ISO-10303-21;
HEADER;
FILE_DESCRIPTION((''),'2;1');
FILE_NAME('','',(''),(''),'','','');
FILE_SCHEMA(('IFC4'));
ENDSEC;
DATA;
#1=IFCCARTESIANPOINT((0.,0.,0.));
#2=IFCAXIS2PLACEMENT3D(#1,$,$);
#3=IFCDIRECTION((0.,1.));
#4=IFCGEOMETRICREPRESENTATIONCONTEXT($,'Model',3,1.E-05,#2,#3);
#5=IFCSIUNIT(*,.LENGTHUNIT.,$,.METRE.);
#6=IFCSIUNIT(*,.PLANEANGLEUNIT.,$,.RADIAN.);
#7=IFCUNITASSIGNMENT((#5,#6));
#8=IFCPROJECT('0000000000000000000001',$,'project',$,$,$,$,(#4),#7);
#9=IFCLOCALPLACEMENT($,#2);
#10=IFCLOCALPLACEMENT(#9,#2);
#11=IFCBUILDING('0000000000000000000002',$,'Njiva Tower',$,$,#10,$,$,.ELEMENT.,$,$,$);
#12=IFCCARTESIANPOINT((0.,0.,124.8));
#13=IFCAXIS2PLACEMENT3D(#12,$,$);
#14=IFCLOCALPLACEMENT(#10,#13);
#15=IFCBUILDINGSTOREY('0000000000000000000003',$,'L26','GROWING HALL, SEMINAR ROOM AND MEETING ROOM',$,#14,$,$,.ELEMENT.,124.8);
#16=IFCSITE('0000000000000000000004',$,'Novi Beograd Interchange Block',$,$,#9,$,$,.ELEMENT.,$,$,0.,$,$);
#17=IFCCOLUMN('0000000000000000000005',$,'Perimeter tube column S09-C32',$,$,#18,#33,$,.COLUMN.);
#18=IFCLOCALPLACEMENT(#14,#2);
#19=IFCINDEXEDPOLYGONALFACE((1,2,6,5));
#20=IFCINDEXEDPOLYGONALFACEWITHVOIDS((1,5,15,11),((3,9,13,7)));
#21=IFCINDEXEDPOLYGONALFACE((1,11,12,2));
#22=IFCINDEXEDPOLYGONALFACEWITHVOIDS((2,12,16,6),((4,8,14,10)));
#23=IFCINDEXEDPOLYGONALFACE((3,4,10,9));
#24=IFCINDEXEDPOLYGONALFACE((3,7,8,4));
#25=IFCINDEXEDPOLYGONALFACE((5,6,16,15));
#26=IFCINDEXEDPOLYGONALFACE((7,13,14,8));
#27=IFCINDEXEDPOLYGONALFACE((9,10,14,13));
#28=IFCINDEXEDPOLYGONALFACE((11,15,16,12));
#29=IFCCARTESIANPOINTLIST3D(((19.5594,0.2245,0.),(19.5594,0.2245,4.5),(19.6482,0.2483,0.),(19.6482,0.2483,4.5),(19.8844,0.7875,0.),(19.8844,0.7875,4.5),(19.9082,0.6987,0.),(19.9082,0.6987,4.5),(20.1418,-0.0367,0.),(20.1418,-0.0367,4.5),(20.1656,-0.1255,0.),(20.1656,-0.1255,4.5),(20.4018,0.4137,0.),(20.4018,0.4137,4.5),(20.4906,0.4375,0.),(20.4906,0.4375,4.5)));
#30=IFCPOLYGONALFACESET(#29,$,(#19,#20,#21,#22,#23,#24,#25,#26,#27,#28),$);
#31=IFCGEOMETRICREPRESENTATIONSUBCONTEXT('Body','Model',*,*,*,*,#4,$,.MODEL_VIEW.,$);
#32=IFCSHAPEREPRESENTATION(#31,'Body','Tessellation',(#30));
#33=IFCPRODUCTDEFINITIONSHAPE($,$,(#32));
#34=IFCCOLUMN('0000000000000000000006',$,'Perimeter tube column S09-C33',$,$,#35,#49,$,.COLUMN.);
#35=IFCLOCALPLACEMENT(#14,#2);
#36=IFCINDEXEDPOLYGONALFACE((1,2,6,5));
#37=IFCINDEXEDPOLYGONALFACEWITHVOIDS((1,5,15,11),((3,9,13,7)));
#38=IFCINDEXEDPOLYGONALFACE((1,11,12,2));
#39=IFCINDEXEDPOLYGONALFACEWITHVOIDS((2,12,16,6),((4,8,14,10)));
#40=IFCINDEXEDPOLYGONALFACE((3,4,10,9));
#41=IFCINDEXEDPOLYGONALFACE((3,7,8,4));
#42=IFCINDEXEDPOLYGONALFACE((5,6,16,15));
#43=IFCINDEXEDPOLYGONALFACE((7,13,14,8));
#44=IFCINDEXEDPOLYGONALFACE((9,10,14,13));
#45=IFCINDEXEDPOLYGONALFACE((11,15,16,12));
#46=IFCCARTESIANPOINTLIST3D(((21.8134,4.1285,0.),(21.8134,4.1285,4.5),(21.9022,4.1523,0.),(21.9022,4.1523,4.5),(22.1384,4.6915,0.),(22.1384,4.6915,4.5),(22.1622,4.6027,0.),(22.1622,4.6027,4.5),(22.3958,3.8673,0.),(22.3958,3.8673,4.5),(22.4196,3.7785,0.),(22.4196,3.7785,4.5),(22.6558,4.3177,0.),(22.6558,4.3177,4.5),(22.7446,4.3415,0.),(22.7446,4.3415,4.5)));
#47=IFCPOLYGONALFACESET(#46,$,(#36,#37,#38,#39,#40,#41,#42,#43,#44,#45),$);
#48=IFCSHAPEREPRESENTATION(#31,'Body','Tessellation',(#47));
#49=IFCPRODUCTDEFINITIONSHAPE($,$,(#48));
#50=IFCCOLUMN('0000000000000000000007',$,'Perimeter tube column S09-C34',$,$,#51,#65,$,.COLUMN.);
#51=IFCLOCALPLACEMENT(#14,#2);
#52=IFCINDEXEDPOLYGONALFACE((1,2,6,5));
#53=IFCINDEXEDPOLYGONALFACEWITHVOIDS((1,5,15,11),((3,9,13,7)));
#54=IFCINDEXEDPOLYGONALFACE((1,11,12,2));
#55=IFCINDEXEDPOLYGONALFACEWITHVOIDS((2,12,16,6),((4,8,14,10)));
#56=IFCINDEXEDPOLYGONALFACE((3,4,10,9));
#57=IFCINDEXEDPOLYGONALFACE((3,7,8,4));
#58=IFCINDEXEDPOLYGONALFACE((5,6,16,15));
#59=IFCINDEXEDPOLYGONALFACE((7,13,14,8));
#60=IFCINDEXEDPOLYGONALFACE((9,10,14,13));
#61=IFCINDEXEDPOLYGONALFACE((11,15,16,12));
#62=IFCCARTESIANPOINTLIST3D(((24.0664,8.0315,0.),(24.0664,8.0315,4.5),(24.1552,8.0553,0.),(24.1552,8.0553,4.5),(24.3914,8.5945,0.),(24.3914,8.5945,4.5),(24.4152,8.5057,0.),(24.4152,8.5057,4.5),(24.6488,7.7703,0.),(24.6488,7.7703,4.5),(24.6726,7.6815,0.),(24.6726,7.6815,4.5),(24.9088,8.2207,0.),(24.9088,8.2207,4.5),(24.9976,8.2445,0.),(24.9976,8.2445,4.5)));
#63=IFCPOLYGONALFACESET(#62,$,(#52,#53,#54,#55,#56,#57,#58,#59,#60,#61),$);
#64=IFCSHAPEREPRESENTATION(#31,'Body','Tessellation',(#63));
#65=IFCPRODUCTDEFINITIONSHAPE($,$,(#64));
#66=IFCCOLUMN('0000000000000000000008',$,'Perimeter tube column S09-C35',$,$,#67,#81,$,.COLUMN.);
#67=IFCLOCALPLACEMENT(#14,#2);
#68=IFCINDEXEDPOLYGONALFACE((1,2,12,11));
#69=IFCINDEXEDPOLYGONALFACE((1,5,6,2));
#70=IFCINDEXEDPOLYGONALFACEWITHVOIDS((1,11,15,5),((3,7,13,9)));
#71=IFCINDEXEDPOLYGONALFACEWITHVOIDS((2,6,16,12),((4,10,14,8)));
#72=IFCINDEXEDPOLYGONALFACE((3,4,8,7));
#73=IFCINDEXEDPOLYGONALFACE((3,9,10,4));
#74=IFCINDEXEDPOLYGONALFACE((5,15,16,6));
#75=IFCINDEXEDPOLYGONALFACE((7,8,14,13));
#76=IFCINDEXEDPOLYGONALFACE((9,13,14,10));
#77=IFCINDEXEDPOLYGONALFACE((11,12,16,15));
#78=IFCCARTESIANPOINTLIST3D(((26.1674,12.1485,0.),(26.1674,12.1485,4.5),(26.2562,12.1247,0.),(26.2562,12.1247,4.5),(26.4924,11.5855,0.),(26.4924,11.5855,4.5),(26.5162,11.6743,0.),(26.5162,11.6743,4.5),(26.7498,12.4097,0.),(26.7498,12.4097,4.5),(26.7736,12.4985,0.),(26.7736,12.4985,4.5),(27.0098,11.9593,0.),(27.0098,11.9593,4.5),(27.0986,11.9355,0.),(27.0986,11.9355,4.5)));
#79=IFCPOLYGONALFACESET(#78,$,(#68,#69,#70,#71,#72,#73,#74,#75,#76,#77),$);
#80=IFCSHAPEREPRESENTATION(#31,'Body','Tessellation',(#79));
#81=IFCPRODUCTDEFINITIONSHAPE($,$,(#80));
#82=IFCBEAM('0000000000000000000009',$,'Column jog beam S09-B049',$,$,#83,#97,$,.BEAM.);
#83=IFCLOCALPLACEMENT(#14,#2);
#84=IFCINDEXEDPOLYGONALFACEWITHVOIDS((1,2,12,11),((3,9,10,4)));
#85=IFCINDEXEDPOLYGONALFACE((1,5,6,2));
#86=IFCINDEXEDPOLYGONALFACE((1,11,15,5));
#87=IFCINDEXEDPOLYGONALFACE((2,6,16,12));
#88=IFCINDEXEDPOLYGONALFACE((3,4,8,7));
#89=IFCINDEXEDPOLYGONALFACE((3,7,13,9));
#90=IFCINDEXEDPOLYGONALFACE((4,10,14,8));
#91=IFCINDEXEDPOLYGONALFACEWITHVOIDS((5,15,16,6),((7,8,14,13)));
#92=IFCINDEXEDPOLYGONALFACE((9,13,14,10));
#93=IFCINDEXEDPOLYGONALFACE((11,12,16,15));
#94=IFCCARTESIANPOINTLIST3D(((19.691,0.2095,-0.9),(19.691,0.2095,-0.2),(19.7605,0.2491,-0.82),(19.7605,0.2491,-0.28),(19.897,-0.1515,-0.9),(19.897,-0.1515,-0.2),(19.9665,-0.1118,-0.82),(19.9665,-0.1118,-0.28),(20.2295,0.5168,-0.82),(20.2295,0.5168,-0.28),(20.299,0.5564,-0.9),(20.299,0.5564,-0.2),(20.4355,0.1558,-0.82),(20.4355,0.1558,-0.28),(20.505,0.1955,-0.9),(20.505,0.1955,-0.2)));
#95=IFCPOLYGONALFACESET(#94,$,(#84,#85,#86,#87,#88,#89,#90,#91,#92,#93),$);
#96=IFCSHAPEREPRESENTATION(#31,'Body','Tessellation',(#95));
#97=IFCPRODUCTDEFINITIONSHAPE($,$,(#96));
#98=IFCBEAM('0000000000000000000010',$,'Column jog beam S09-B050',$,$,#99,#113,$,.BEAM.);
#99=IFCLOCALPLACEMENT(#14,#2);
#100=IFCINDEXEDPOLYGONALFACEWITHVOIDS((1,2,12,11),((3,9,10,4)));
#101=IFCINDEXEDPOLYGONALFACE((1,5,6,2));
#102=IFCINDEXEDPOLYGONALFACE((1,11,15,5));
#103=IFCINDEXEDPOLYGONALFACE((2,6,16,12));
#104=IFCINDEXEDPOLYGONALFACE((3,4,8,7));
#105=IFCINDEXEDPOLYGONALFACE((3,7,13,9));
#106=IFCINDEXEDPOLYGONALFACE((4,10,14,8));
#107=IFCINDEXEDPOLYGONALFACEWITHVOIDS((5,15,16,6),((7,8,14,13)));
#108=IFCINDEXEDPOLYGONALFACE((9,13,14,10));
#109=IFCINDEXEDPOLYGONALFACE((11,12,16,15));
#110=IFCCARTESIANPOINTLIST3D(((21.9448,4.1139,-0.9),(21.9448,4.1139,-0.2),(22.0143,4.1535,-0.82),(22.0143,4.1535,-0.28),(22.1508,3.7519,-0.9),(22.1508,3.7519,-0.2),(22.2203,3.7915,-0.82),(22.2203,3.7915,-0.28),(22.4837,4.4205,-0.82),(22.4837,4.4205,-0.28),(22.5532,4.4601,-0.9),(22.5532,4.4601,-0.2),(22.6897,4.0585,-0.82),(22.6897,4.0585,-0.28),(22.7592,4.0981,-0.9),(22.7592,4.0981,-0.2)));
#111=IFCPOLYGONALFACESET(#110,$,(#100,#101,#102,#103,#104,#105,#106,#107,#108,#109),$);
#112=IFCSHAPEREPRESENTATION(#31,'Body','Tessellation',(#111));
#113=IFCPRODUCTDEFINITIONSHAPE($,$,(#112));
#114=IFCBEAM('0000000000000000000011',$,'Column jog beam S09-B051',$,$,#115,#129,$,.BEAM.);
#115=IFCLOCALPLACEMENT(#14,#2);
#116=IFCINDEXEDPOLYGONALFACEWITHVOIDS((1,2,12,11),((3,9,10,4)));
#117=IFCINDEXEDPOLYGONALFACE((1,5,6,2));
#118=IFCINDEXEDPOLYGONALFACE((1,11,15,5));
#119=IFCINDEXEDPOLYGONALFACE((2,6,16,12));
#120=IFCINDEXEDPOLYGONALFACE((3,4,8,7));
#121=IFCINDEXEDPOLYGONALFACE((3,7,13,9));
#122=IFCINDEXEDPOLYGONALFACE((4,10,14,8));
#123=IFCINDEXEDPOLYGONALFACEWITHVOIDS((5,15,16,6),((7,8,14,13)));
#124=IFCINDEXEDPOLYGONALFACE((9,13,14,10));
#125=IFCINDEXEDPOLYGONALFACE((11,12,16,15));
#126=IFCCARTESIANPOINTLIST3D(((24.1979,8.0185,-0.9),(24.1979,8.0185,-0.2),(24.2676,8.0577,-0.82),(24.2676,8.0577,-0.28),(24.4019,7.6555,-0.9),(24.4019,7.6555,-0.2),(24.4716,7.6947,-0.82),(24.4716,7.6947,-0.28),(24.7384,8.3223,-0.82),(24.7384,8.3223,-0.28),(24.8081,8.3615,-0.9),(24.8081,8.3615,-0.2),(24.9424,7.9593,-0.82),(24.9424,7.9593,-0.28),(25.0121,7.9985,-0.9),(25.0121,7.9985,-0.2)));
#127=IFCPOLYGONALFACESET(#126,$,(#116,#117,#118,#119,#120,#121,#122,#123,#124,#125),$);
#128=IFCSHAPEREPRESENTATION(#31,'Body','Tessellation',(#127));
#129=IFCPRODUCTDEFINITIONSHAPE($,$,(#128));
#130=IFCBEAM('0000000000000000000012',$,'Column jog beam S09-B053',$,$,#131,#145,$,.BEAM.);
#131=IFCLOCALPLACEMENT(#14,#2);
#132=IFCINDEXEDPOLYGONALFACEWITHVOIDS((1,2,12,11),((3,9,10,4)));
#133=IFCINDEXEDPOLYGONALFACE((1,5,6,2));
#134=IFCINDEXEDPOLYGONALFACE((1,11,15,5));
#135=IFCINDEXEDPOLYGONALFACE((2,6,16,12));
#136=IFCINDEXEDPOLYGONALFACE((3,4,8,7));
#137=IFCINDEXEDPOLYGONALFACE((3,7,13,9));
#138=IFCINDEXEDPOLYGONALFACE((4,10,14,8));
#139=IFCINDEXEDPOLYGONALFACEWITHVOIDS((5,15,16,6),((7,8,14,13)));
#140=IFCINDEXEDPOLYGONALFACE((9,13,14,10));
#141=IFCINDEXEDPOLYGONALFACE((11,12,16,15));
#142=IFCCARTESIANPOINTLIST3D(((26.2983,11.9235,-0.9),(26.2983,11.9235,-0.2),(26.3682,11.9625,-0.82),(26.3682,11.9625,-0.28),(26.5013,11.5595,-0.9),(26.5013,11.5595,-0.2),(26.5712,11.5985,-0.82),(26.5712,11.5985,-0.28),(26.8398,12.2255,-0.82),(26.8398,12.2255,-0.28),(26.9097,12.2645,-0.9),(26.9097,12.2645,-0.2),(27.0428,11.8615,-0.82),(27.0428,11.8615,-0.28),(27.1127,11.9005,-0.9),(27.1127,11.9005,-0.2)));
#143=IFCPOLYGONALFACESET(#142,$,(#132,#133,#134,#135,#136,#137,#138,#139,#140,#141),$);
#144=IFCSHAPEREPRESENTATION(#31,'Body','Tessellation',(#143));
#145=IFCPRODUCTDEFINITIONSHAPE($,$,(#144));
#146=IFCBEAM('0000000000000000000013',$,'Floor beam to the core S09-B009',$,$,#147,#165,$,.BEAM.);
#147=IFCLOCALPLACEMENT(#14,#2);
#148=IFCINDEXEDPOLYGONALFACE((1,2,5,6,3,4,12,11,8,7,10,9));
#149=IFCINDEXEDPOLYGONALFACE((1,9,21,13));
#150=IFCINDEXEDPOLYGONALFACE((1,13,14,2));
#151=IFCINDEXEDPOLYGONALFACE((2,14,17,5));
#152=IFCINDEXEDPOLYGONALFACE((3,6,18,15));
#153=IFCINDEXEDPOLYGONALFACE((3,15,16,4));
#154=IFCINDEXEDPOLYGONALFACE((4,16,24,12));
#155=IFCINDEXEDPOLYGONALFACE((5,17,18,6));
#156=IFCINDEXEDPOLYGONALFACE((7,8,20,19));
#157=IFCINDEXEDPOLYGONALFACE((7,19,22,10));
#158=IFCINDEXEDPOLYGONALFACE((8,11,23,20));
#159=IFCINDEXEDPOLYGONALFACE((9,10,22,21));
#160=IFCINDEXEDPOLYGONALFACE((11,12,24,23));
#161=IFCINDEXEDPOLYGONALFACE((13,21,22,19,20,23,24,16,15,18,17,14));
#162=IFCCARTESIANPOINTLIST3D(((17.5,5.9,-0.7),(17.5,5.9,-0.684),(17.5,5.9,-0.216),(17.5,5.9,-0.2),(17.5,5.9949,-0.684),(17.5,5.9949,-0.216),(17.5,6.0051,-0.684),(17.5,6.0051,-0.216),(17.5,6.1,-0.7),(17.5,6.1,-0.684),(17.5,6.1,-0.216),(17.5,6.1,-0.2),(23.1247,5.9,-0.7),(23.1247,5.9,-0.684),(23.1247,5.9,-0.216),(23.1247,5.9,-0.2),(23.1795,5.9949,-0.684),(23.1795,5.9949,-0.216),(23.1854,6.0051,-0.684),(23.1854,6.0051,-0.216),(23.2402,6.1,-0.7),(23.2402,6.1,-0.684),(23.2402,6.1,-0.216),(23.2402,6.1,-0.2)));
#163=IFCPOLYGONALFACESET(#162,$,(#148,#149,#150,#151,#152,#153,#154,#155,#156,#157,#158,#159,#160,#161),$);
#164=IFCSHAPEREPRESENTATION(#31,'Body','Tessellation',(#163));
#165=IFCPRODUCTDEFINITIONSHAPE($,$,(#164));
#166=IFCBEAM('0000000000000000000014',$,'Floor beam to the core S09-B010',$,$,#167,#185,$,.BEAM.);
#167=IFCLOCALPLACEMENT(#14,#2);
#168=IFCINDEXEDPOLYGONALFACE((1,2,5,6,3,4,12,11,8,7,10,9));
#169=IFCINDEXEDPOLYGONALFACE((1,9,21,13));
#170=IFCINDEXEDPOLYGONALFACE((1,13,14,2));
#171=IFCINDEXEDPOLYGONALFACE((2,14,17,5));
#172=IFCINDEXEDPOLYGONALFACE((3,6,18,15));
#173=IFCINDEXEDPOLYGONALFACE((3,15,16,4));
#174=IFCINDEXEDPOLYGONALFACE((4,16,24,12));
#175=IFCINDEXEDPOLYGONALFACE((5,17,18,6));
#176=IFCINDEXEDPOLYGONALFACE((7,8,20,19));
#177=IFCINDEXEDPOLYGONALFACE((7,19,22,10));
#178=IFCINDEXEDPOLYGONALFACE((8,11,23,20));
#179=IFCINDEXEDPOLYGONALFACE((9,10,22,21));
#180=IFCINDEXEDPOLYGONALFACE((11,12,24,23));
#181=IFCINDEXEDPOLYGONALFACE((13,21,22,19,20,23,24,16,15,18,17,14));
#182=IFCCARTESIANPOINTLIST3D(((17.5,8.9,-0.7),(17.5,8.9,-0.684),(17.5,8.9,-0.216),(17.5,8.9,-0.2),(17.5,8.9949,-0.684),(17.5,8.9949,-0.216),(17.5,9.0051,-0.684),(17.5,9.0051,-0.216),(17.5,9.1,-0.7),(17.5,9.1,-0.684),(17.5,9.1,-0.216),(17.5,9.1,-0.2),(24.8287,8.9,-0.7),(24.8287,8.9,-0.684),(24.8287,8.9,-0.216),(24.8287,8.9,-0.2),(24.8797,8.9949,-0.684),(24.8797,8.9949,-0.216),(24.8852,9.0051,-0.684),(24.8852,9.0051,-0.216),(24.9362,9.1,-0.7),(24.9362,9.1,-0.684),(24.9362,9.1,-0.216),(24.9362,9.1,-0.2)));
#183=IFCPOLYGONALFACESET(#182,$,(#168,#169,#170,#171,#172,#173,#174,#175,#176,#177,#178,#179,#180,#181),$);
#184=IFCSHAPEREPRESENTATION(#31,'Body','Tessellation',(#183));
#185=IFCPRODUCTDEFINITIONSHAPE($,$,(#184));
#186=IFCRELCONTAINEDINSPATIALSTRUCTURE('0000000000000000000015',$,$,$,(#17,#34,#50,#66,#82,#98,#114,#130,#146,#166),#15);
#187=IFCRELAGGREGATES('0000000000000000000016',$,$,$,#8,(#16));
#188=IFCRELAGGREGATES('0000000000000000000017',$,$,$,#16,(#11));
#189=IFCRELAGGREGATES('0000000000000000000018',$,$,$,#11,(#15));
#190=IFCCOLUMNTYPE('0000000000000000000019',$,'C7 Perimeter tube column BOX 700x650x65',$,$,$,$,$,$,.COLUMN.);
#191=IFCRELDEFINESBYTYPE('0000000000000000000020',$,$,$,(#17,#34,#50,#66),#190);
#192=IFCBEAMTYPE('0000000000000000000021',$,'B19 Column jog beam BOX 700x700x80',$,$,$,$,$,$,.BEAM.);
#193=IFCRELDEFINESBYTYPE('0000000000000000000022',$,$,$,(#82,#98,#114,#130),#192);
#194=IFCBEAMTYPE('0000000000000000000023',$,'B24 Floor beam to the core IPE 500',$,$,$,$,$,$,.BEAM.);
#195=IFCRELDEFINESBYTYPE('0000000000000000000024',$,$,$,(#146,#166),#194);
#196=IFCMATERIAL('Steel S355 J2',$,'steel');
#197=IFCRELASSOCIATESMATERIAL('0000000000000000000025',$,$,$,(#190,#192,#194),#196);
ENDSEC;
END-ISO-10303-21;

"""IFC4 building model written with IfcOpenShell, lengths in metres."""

from ifc_helpers import new_model, si_unit, direction, frame, origin, origin_2d, place, context, subcontext, project, spatial, hollow_rectangle, i_section, extrude, clip, halfspace, material, material_profile, profile_set, type_object, element, save


model = new_model("IFC4")

# Units and contexts
model_context = context("Model", 3, precision=1e-05, world=origin(), true_north=direction((0.0, 1.0)))
body_context = subcontext(model_context, "Body", "Model", "MODEL_VIEW")
ifc_project = project(units=[si_unit("LENGTHUNIT", "METRE"), si_unit("PLANEANGLEUNIT", "RADIAN")], contexts=[model_context])

# Site, building, storey
site_placement = place(None, origin())
site = spatial("IfcSite", under=ifc_project, at=site_placement, Name="Novi Beograd Interchange Block", CompositionType="ELEMENT", RefElevation=0.0)
building_placement = place(site_placement, origin())
building = spatial("IfcBuilding", under=site, at=building_placement, Name="Njiva Tower", CompositionType="ELEMENT")
storey_placement = place(building_placement, frame((0.0, 0.0, 124.8)))
storey = spatial("IfcBuildingStorey", under=building, at=storey_placement, Name="L26", Description="GROWING HALL, SEMINAR ROOM AND MEETING ROOM", CompositionType="ELEMENT", Elevation=124.8)

# Columns
ifc_material_1 = material(Name="Steel S355 J2", Category="steel")
ifc_material_profile_1 = material_profile(ifc_material_1, hollow_rectangle(XDim=0.65, YDim=0.7, WallThickness=0.065, at=origin_2d()), Name="BOX 700x650x65")
ifc_profile_set_1 = profile_set([ifc_material_profile_1], Name="Steel S355 J2")
column_type = type_object("IfcColumnType", Name="C7 Perimeter tube column BOX 700x650x65", PredefinedType="COLUMN", material=ifc_profile_set_1)
for number, where, z_axis, x_axis, name in (
    (1, (20.025, 0.331, 0.0), (0.0, 0.0, 1.0), (0.5, 0.866025, 0.0), "Perimeter tube column S09-C32"),
    (2, (22.279, 4.235, 0.0), (0.0, 0.0, 1.0), (0.5, 0.866025, 0.0), "Perimeter tube column S09-C33"),
    (3, (24.532, 8.138, 0.0), (0.0, 0.0, 1.0), (0.5, 0.866025, 0.0), "Perimeter tube column S09-C34"),
    (4, (26.633, 12.042, 0.0), (0.0, 0.0, 1.0), (-0.5, 0.866025, 0.0), "Perimeter tube column S09-C35"),
):
    element("IfcColumn", number, at=place(storey_placement, frame(where, z_axis=z_axis, x_axis=x_axis)), inside=storey, type_object=column_type, Name=name, PredefinedType="COLUMN", context=body_context, shape_type="SweptSolid", body=[
        extrude(hollow_rectangle(XDim=0.65, YDim=0.7, WallThickness=0.065, at=origin_2d()), origin(), (0.0, 0.0, 1.0), 4.5),
    ])

# Beams
ifc_material_profile_2 = material_profile(ifc_material_1, hollow_rectangle(XDim=0.7, YDim=0.7, WallThickness=0.08, at=origin_2d()), Name="BOX 700x700x80")
ifc_profile_set_2 = profile_set([ifc_material_profile_2], Name="Steel S355 J2")
beam_type_1 = type_object("IfcBeamType", Name="B19 Column jog beam BOX 700x700x80", PredefinedType="BEAM", material=ifc_profile_set_2)
beam_1_placement = place(storey_placement, frame((20.201, 0.022, -0.55), z_axis=(-0.495621, 0.868539, 0.0), x_axis=(-0.868539, -0.495621, 0.0)))
element("IfcBeam", 5, at=beam_1_placement, inside=storey, type_object=beam_type_1, Name="Column jog beam S09-B049", PredefinedType="BEAM", context=body_context, shape_type="SweptSolid", body=[
    extrude(hollow_rectangle(XDim=0.7, YDim=0.7, WallThickness=0.08, at=origin_2d()), origin(), (0.0, 0.0, 1.0), 0.4156),
])
beam_2_placement = place(storey_placement, frame((22.455, 3.925, -0.55), z_axis=(-0.494587, 0.869128, 0.0), x_axis=(-0.869128, -0.494587, 0.0)))
element("IfcBeam", 6, at=beam_2_placement, inside=storey, type_object=beam_type_1, Name="Column jog beam S09-B050", PredefinedType="BEAM", context=body_context, shape_type="SweptSolid", body=[
    extrude(hollow_rectangle(XDim=0.7, YDim=0.7, WallThickness=0.08, at=origin_2d()), origin(), (0.0, 0.0, 1.0), 0.4165),
])
beam_3_placement = place(storey_placement, frame((24.707, 7.827, -0.55), z_axis=(-0.489919, 0.871768, 0.0), x_axis=(-0.871768, -0.489919, 0.0)))
element("IfcBeam", 7, at=beam_3_placement, inside=storey, type_object=beam_type_1, Name="Column jog beam S09-B051", PredefinedType="BEAM", context=body_context, shape_type="SweptSolid", body=[
    extrude(hollow_rectangle(XDim=0.7, YDim=0.7, WallThickness=0.08, at=origin_2d()), origin(), (0.0, 0.0, 1.0), 0.4164),
])
beam_4_placement = place(storey_placement, frame((26.807, 11.73, -0.55), z_axis=(-0.487068, 0.873364, 0.0), x_axis=(-0.873364, -0.487068, 0.0)))
element("IfcBeam", 8, at=beam_4_placement, inside=storey, type_object=beam_type_1, Name="Column jog beam S09-B053", PredefinedType="BEAM", context=body_context, shape_type="SweptSolid", body=[
    extrude(hollow_rectangle(XDim=0.7, YDim=0.7, WallThickness=0.08, at=origin_2d()), origin(), (0.0, 0.0, 1.0), 0.4168),
])
ifc_material_profile_3 = material_profile(ifc_material_1, i_section(OverallWidth=0.2, OverallDepth=0.5, WebThickness=0.0102, FlangeThickness=0.016, at=origin_2d()), Name="IPE 500")
ifc_profile_set_3 = profile_set([ifc_material_profile_3], Name="Steel S355 J2")
beam_type_2 = type_object("IfcBeamType", Name="B24 Floor beam to the core IPE 500", PredefinedType="BEAM", material=ifc_profile_set_3)
beam_5_placement = place(storey_placement, frame((17.5, 6.0, -0.45), z_axis=(1.0, 0.0, 0.0), x_axis=(0.0, 1.0, 0.0)))
element("IfcBeam", 9, at=beam_5_placement, inside=storey, type_object=beam_type_2, Name="Floor beam to the core S09-B009", PredefinedType="BEAM", context=body_context, shape_type="Clipping", body=[
    clip(extrude(i_section(OverallWidth=0.2, OverallDepth=0.5, WebThickness=0.0102, FlangeThickness=0.016, at=origin_2d()), origin(), (0.0, 0.0, 1.0), 5.76), halfspace(frame((-0.025, 0.0, 5.668), z_axis=(-0.499998, 0.0, 0.866027), x_axis=(0.0, 1.0, 0.0)), False)),
])
beam_6_placement = place(storey_placement, frame((17.5, 9.0, -0.45), z_axis=(1.0, 0.0, 0.0), x_axis=(0.0, 1.0, 0.0)))
element("IfcBeam", 10, at=beam_6_placement, inside=storey, type_object=beam_type_2, Name="Floor beam to the core S09-B010", PredefinedType="BEAM", context=body_context, shape_type="Clipping", body=[
    clip(extrude(i_section(OverallWidth=0.2, OverallDepth=0.5, WebThickness=0.0102, FlangeThickness=0.016, at=origin_2d()), origin(), (0.0, 0.0, 1.0), 7.456), halfspace(frame((-0.0237, 0.0, 7.3697), z_axis=(-0.473769, 0.0, 0.880649), x_axis=(0.0, 1.0, 0.0)), False)),
])

save(model, "model.ifc")
